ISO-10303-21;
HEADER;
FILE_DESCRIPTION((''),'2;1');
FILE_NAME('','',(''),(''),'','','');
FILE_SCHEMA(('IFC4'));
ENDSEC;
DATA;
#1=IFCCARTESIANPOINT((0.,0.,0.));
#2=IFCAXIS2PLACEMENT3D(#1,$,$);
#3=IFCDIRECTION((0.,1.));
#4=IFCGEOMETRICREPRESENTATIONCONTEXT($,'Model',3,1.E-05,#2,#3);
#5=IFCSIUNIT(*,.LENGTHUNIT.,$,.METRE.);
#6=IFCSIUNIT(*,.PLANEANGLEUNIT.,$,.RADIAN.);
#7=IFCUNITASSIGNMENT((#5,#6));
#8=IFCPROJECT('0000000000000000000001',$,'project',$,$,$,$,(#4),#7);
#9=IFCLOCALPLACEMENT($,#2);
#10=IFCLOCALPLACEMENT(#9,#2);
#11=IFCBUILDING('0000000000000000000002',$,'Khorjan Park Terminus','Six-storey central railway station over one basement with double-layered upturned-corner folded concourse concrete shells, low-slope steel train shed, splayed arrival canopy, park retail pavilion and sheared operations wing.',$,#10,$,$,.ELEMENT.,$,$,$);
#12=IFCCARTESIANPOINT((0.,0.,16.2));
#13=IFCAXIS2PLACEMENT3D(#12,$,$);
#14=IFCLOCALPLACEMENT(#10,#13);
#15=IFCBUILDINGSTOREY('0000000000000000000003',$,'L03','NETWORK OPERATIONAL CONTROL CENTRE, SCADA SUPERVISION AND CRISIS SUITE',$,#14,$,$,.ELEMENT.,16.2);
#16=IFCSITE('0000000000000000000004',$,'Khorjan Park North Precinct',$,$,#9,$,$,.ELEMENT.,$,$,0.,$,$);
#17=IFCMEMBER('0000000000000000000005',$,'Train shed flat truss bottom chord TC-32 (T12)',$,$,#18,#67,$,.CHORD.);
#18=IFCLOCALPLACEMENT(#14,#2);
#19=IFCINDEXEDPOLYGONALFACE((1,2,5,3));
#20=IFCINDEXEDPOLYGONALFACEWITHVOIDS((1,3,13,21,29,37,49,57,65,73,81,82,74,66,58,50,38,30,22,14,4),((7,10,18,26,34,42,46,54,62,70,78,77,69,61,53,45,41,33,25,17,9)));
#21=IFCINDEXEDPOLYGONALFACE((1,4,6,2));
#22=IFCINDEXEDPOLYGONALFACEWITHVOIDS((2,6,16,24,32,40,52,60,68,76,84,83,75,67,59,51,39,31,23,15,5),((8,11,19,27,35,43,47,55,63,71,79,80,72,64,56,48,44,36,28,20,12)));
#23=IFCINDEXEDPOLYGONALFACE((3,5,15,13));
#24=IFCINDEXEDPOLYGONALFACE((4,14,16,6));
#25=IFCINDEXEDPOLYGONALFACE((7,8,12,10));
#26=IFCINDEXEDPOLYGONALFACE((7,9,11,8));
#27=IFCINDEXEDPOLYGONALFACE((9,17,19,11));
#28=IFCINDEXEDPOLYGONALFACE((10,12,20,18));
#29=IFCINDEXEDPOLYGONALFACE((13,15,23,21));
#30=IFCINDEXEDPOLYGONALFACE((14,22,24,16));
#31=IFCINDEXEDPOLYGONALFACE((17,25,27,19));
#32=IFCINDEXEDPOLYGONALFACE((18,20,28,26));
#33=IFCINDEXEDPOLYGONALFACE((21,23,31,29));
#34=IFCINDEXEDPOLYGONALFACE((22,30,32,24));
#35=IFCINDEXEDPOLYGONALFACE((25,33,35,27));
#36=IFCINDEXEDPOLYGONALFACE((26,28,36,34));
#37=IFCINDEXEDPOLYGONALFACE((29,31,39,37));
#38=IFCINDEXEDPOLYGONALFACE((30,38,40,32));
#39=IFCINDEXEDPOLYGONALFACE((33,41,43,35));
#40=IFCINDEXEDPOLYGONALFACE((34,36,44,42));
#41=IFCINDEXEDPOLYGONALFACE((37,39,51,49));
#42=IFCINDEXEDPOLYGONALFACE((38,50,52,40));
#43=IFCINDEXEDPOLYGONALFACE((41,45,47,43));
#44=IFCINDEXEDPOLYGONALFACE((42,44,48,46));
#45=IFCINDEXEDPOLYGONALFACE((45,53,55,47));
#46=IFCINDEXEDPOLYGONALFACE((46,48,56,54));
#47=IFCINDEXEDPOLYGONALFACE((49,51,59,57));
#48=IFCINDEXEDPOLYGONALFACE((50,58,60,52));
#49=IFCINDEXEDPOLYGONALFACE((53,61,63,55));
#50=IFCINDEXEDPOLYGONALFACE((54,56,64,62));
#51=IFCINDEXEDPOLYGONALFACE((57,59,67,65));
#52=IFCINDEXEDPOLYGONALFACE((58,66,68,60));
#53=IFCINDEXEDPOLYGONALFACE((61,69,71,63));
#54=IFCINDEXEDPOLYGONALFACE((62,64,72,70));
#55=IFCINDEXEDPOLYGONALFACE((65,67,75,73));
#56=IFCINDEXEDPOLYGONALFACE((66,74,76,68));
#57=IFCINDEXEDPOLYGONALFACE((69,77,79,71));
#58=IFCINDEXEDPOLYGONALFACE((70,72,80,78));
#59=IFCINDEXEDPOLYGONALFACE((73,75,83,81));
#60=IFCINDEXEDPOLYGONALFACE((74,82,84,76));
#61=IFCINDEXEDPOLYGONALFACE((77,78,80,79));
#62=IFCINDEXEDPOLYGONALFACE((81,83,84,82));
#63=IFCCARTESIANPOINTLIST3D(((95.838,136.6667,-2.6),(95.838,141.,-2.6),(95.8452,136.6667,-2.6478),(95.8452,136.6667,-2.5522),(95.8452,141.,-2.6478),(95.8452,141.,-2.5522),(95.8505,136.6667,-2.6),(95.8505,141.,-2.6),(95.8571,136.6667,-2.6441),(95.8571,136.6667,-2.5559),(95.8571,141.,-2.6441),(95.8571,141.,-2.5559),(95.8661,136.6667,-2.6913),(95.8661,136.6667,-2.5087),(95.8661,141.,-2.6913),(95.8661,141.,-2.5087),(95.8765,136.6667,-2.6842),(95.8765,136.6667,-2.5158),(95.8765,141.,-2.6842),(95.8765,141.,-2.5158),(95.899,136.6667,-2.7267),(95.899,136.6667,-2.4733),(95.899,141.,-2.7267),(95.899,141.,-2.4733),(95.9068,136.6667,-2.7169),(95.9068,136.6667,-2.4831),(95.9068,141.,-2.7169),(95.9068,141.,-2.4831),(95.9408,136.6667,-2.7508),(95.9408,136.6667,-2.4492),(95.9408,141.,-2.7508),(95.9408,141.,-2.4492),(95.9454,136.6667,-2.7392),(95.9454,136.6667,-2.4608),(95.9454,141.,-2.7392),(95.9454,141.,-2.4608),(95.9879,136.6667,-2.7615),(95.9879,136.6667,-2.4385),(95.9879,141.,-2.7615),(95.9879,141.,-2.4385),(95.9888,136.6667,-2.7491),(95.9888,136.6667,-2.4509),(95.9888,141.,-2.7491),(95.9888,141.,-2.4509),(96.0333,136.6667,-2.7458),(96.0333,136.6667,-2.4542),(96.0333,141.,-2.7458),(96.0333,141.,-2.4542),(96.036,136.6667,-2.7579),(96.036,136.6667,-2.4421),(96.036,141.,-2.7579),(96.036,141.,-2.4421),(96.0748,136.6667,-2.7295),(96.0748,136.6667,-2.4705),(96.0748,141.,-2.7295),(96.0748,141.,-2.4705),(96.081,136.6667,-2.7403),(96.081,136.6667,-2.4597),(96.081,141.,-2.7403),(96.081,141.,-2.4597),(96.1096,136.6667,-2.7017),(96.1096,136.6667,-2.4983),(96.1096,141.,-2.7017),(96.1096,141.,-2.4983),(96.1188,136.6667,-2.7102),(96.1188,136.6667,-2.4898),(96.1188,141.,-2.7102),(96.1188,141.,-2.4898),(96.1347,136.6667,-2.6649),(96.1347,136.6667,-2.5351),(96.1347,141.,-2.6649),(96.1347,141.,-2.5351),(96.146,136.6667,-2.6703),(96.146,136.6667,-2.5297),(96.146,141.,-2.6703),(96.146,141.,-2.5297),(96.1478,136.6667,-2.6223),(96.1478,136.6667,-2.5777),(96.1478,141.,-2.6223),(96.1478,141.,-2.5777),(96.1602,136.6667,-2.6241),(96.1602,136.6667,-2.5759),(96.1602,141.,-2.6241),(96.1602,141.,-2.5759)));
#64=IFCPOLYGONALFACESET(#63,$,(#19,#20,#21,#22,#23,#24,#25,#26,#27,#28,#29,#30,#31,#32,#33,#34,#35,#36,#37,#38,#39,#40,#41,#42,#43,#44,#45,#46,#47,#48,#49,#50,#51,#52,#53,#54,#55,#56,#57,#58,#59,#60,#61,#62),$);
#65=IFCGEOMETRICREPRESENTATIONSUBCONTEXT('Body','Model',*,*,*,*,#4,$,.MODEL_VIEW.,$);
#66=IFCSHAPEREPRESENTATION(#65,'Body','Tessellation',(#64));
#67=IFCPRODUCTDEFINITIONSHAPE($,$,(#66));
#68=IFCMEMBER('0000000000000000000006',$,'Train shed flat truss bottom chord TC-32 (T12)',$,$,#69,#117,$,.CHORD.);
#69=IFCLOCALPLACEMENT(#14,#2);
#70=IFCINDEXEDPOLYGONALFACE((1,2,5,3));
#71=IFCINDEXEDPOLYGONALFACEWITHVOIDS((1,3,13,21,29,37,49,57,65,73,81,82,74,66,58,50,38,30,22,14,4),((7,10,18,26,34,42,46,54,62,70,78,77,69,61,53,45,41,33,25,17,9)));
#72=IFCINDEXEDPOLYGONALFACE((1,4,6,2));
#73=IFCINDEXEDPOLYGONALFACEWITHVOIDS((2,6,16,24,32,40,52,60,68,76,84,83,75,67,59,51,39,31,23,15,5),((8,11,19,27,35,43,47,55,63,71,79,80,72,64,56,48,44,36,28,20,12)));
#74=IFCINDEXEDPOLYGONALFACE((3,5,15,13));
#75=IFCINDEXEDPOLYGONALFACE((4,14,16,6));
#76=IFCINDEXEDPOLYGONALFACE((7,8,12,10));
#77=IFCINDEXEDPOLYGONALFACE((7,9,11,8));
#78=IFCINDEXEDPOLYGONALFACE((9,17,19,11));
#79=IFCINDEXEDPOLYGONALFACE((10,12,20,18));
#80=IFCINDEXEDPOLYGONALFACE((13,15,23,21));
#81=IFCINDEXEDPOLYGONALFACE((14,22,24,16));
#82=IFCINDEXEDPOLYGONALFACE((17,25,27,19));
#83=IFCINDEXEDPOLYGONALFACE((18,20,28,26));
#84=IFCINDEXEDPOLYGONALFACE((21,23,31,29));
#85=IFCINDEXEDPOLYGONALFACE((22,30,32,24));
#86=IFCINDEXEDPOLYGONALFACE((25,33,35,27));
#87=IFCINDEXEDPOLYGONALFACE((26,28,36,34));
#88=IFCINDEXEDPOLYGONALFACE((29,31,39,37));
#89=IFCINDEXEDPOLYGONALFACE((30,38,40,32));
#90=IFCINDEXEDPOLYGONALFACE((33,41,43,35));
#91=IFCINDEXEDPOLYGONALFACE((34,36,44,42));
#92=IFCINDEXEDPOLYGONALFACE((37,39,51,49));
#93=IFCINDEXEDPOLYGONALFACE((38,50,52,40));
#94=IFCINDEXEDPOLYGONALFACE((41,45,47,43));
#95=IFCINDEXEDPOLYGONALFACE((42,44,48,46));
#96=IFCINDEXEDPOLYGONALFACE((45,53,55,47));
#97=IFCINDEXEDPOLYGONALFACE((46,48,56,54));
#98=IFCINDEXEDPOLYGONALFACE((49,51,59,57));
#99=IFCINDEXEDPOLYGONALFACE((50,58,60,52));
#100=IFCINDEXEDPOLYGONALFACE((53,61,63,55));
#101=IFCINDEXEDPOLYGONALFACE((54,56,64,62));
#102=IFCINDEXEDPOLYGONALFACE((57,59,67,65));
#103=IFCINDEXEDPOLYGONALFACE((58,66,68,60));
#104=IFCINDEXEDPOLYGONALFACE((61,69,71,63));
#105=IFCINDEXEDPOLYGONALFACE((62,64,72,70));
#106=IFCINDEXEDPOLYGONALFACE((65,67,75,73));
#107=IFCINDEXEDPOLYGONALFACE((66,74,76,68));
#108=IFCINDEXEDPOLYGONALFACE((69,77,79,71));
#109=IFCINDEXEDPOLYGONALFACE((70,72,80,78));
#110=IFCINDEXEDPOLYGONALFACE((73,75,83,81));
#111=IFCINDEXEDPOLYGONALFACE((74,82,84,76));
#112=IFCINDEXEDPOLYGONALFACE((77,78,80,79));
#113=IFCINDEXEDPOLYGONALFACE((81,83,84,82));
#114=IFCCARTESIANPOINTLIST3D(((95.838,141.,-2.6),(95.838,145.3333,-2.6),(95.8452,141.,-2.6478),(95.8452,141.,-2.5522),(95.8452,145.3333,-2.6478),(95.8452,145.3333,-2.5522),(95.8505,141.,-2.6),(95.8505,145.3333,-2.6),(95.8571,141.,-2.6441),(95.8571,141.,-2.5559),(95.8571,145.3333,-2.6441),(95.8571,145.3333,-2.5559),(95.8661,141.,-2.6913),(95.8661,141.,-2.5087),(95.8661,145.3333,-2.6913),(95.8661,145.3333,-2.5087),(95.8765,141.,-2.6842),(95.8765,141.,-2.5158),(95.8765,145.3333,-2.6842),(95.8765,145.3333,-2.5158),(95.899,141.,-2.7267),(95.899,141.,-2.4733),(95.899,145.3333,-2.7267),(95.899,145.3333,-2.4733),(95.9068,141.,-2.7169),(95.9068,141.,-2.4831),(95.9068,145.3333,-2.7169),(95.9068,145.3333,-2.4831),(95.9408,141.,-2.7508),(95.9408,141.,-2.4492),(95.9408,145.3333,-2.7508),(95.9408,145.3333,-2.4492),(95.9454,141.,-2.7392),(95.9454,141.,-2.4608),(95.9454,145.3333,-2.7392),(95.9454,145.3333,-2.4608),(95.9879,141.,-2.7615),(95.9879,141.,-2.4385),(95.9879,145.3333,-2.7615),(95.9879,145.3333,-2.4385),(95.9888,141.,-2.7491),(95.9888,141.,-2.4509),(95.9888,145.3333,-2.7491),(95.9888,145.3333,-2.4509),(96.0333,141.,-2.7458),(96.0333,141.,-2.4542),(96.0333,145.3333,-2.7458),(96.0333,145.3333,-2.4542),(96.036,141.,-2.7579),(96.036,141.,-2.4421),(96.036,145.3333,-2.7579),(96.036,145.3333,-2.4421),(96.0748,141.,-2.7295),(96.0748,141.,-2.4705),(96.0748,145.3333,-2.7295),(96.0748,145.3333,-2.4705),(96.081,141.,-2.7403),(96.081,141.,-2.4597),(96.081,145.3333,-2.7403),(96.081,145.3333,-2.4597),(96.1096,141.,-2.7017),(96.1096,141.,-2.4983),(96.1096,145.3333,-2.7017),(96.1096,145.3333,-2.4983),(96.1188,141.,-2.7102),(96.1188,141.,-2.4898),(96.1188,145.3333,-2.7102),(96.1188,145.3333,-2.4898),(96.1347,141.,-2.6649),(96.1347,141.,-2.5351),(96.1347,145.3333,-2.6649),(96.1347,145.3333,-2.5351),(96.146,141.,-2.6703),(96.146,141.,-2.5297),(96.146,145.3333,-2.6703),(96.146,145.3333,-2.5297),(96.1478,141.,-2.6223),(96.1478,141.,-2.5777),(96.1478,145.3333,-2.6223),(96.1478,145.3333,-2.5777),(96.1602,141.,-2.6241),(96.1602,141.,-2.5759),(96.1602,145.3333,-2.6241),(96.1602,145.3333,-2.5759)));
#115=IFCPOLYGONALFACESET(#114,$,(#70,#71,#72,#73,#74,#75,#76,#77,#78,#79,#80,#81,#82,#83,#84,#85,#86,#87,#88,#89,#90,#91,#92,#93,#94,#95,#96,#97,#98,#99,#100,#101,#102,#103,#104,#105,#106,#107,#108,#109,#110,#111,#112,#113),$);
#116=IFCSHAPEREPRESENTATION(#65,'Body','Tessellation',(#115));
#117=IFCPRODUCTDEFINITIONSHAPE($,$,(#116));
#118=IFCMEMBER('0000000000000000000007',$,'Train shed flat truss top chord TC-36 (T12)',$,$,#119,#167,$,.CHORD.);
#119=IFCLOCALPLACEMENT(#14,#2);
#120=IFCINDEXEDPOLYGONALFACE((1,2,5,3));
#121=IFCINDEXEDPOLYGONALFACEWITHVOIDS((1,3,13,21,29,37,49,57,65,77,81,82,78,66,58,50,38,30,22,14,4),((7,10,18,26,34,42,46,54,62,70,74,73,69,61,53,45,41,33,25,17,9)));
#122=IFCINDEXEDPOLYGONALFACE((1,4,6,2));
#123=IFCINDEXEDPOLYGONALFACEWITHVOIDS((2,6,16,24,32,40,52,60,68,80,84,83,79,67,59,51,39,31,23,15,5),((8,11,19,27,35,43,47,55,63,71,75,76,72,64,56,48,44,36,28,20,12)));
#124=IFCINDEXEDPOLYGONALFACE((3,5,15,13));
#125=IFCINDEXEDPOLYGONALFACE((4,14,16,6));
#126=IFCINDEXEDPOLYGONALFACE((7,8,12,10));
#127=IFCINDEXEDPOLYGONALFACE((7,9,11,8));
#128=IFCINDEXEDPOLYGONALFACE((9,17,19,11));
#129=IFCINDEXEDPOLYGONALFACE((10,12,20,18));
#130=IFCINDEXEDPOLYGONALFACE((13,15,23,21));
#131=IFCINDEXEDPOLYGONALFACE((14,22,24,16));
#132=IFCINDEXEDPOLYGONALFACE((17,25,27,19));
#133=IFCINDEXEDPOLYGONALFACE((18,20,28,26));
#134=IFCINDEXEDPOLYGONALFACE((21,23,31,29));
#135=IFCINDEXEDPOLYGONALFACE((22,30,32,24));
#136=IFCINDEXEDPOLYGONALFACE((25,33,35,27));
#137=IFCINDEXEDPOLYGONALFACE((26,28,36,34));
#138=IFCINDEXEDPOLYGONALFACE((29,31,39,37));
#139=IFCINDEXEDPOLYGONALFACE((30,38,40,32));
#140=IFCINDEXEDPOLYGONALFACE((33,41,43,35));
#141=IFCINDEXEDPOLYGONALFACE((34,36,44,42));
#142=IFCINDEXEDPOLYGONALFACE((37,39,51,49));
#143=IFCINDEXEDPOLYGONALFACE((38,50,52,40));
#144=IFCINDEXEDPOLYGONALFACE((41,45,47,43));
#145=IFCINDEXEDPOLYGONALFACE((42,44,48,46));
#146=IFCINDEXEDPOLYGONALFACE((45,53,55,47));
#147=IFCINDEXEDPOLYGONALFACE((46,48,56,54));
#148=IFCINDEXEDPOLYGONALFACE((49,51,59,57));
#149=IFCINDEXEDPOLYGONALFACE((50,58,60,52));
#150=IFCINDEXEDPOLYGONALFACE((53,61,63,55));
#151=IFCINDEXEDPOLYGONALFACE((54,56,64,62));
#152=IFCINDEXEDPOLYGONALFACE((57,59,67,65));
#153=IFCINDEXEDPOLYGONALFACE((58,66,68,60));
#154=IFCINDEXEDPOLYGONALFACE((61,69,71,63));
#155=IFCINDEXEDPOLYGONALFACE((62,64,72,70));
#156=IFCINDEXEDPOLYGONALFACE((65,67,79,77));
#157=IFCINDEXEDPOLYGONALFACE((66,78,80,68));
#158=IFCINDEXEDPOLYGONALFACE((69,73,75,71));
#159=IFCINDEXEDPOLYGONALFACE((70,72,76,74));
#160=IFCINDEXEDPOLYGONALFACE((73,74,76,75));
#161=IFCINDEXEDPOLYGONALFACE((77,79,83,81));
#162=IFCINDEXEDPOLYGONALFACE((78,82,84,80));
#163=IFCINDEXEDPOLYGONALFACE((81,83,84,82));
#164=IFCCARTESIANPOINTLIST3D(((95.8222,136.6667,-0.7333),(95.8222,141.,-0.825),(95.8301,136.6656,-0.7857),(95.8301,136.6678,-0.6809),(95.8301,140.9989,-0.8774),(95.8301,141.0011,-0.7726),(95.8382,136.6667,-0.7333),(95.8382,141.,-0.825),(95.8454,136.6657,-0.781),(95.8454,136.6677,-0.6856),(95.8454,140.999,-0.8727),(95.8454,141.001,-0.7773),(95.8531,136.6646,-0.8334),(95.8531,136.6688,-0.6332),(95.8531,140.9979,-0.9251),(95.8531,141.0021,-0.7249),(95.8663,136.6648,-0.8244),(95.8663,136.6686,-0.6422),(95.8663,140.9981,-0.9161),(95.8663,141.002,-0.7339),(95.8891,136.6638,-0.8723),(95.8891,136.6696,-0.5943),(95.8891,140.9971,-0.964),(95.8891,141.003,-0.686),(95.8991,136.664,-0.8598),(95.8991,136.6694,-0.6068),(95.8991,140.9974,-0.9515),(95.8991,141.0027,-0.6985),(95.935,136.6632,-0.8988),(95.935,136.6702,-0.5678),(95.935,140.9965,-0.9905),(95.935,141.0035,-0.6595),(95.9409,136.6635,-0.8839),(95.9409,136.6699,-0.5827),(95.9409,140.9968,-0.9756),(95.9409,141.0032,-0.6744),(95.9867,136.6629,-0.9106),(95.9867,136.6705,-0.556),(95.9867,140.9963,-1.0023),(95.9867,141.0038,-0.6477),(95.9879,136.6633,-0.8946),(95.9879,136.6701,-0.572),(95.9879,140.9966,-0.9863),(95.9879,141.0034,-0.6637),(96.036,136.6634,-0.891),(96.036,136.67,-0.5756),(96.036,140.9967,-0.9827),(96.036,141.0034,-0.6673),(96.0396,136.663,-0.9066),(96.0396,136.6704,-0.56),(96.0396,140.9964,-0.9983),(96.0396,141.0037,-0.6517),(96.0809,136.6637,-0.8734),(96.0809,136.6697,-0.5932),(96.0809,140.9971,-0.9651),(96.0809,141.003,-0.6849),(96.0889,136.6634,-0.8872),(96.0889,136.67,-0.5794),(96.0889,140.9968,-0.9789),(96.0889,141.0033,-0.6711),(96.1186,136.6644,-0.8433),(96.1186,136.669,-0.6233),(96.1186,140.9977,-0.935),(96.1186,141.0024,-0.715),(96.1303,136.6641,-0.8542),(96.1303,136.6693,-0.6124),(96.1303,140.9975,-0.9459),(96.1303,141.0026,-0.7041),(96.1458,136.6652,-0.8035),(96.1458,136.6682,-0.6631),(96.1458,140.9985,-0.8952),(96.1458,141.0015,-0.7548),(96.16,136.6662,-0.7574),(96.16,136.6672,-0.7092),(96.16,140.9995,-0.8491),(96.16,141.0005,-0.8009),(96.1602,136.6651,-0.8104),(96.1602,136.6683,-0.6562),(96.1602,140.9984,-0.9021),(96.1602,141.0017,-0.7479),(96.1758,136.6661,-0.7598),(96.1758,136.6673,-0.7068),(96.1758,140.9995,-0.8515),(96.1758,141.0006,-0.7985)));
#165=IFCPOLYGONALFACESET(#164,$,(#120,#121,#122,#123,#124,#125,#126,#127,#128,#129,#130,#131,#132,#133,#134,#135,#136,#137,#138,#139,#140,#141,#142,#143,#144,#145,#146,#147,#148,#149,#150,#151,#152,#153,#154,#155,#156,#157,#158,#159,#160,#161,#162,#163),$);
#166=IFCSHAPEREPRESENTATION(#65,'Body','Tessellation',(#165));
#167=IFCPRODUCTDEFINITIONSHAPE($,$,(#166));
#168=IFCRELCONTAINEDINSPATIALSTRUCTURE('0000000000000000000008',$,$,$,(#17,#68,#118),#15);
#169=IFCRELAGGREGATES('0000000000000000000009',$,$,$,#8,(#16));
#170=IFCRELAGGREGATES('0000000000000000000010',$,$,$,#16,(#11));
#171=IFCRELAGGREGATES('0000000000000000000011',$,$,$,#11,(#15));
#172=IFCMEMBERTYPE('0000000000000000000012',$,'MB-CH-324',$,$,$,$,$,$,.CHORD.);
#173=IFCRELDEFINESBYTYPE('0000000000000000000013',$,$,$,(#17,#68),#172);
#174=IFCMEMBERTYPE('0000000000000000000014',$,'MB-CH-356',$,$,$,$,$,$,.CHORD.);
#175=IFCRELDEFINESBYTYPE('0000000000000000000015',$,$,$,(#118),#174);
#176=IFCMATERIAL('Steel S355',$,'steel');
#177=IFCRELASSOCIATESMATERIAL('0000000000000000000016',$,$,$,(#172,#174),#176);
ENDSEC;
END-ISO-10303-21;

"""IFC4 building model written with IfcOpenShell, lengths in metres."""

from ifc_helpers import new_model, si_unit, direction, frame, origin, origin_2d, place, context, subcontext, project, spatial, hollow_circle, extrude, material, material_profile, profile_set, type_object, element, save


model = new_model("IFC4")

# Units and contexts
model_context = context("Model", 3, precision=1e-05, world=origin(), true_north=direction((0.0, 1.0)))
body_context = subcontext(model_context, "Body", "Model", "MODEL_VIEW")
ifc_project = project(units=[si_unit("LENGTHUNIT", "METRE"), si_unit("PLANEANGLEUNIT", "RADIAN")], contexts=[model_context])

# Site, building, storey
site_placement = place(None, origin())
site = spatial("IfcSite", under=ifc_project, at=site_placement, Name="Khorjan Park North Precinct", CompositionType="ELEMENT", RefElevation=0.0)
building_placement = place(site_placement, origin())
building = spatial("IfcBuilding", under=site, at=building_placement, Name="Khorjan Park Terminus", Description="Six-storey central railway station over one basement with double-layered upturned-corner folded concourse concrete shells, low-slope steel train shed, splayed arrival canopy, park retail pavilion and sheared operations wing.", CompositionType="ELEMENT")
storey_placement = place(building_placement, frame((0.0, 0.0, 16.2)))
storey = spatial("IfcBuildingStorey", under=building, at=storey_placement, Name="L03", Description="NETWORK OPERATIONAL CONTROL CENTRE, SCADA SUPERVISION AND CRISIS SUITE", CompositionType="ELEMENT", Elevation=16.2)

# Members
ifc_material = material(Name="Steel S355", Category="steel")
ifc_material_profile_1 = material_profile(ifc_material, hollow_circle(Radius=0.162, WallThickness=0.0125, at=origin_2d()), Name="CHS 323.9x12.5")
ifc_profile_set_1 = profile_set([ifc_material_profile_1], Name="Steel S355")
member_type_1 = type_object("IfcMemberType", Name="MB-CH-324", PredefinedType="CHORD", material=ifc_profile_set_1)
for number, where, z_axis, x_axis, name in (
    (1, (96.0, 136.6667, -2.6), (0.0, 1.0, 0.0), (-1.0, 0.0, 0.0), "Train shed flat truss bottom chord TC-32 (T12)"),
    (2, (96.0, 141.0, -2.6), (0.0, 1.0, 0.0), (-1.0, 0.0, 0.0), "Train shed flat truss bottom chord TC-32 (T12)"),
):
    element("IfcMember", number, at=place(storey_placement, frame(where, z_axis=z_axis, x_axis=x_axis)), inside=storey, type_object=member_type_1, Name=name, PredefinedType="CHORD", context=body_context, shape_type="SweptSolid", body=[
        extrude(hollow_circle(Radius=0.162, WallThickness=0.0125, at=origin_2d()), origin(), (0.0, 0.0, 1.0), 4.3333),
    ])
ifc_material_profile_2 = material_profile(ifc_material, hollow_circle(Radius=0.1778, WallThickness=0.016, at=origin_2d()), Name="CHS 355.6x16")
ifc_profile_set_2 = profile_set([ifc_material_profile_2], Name="Steel S355")
member_type_2 = type_object("IfcMemberType", Name="MB-CH-356", PredefinedType="CHORD", material=ifc_profile_set_2)
for number, where, z_axis, x_axis, name in (
    (3, (96.0, 136.6667, -0.7333), (0.0, 0.999776, -0.021157), (-1.0, 0.0, 0.0), "Train shed flat truss top chord TC-36 (T12)"),
):
    element("IfcMember", number, at=place(storey_placement, frame(where, z_axis=z_axis, x_axis=x_axis)), inside=storey, type_object=member_type_2, Name=name, PredefinedType="CHORD", context=body_context, shape_type="SweptSolid", body=[
        extrude(hollow_circle(Radius=0.1778, WallThickness=0.016, at=origin_2d()), origin(), (0.0, 0.0, 1.0), 4.3343),
    ])

save(model, "model.ifc")
